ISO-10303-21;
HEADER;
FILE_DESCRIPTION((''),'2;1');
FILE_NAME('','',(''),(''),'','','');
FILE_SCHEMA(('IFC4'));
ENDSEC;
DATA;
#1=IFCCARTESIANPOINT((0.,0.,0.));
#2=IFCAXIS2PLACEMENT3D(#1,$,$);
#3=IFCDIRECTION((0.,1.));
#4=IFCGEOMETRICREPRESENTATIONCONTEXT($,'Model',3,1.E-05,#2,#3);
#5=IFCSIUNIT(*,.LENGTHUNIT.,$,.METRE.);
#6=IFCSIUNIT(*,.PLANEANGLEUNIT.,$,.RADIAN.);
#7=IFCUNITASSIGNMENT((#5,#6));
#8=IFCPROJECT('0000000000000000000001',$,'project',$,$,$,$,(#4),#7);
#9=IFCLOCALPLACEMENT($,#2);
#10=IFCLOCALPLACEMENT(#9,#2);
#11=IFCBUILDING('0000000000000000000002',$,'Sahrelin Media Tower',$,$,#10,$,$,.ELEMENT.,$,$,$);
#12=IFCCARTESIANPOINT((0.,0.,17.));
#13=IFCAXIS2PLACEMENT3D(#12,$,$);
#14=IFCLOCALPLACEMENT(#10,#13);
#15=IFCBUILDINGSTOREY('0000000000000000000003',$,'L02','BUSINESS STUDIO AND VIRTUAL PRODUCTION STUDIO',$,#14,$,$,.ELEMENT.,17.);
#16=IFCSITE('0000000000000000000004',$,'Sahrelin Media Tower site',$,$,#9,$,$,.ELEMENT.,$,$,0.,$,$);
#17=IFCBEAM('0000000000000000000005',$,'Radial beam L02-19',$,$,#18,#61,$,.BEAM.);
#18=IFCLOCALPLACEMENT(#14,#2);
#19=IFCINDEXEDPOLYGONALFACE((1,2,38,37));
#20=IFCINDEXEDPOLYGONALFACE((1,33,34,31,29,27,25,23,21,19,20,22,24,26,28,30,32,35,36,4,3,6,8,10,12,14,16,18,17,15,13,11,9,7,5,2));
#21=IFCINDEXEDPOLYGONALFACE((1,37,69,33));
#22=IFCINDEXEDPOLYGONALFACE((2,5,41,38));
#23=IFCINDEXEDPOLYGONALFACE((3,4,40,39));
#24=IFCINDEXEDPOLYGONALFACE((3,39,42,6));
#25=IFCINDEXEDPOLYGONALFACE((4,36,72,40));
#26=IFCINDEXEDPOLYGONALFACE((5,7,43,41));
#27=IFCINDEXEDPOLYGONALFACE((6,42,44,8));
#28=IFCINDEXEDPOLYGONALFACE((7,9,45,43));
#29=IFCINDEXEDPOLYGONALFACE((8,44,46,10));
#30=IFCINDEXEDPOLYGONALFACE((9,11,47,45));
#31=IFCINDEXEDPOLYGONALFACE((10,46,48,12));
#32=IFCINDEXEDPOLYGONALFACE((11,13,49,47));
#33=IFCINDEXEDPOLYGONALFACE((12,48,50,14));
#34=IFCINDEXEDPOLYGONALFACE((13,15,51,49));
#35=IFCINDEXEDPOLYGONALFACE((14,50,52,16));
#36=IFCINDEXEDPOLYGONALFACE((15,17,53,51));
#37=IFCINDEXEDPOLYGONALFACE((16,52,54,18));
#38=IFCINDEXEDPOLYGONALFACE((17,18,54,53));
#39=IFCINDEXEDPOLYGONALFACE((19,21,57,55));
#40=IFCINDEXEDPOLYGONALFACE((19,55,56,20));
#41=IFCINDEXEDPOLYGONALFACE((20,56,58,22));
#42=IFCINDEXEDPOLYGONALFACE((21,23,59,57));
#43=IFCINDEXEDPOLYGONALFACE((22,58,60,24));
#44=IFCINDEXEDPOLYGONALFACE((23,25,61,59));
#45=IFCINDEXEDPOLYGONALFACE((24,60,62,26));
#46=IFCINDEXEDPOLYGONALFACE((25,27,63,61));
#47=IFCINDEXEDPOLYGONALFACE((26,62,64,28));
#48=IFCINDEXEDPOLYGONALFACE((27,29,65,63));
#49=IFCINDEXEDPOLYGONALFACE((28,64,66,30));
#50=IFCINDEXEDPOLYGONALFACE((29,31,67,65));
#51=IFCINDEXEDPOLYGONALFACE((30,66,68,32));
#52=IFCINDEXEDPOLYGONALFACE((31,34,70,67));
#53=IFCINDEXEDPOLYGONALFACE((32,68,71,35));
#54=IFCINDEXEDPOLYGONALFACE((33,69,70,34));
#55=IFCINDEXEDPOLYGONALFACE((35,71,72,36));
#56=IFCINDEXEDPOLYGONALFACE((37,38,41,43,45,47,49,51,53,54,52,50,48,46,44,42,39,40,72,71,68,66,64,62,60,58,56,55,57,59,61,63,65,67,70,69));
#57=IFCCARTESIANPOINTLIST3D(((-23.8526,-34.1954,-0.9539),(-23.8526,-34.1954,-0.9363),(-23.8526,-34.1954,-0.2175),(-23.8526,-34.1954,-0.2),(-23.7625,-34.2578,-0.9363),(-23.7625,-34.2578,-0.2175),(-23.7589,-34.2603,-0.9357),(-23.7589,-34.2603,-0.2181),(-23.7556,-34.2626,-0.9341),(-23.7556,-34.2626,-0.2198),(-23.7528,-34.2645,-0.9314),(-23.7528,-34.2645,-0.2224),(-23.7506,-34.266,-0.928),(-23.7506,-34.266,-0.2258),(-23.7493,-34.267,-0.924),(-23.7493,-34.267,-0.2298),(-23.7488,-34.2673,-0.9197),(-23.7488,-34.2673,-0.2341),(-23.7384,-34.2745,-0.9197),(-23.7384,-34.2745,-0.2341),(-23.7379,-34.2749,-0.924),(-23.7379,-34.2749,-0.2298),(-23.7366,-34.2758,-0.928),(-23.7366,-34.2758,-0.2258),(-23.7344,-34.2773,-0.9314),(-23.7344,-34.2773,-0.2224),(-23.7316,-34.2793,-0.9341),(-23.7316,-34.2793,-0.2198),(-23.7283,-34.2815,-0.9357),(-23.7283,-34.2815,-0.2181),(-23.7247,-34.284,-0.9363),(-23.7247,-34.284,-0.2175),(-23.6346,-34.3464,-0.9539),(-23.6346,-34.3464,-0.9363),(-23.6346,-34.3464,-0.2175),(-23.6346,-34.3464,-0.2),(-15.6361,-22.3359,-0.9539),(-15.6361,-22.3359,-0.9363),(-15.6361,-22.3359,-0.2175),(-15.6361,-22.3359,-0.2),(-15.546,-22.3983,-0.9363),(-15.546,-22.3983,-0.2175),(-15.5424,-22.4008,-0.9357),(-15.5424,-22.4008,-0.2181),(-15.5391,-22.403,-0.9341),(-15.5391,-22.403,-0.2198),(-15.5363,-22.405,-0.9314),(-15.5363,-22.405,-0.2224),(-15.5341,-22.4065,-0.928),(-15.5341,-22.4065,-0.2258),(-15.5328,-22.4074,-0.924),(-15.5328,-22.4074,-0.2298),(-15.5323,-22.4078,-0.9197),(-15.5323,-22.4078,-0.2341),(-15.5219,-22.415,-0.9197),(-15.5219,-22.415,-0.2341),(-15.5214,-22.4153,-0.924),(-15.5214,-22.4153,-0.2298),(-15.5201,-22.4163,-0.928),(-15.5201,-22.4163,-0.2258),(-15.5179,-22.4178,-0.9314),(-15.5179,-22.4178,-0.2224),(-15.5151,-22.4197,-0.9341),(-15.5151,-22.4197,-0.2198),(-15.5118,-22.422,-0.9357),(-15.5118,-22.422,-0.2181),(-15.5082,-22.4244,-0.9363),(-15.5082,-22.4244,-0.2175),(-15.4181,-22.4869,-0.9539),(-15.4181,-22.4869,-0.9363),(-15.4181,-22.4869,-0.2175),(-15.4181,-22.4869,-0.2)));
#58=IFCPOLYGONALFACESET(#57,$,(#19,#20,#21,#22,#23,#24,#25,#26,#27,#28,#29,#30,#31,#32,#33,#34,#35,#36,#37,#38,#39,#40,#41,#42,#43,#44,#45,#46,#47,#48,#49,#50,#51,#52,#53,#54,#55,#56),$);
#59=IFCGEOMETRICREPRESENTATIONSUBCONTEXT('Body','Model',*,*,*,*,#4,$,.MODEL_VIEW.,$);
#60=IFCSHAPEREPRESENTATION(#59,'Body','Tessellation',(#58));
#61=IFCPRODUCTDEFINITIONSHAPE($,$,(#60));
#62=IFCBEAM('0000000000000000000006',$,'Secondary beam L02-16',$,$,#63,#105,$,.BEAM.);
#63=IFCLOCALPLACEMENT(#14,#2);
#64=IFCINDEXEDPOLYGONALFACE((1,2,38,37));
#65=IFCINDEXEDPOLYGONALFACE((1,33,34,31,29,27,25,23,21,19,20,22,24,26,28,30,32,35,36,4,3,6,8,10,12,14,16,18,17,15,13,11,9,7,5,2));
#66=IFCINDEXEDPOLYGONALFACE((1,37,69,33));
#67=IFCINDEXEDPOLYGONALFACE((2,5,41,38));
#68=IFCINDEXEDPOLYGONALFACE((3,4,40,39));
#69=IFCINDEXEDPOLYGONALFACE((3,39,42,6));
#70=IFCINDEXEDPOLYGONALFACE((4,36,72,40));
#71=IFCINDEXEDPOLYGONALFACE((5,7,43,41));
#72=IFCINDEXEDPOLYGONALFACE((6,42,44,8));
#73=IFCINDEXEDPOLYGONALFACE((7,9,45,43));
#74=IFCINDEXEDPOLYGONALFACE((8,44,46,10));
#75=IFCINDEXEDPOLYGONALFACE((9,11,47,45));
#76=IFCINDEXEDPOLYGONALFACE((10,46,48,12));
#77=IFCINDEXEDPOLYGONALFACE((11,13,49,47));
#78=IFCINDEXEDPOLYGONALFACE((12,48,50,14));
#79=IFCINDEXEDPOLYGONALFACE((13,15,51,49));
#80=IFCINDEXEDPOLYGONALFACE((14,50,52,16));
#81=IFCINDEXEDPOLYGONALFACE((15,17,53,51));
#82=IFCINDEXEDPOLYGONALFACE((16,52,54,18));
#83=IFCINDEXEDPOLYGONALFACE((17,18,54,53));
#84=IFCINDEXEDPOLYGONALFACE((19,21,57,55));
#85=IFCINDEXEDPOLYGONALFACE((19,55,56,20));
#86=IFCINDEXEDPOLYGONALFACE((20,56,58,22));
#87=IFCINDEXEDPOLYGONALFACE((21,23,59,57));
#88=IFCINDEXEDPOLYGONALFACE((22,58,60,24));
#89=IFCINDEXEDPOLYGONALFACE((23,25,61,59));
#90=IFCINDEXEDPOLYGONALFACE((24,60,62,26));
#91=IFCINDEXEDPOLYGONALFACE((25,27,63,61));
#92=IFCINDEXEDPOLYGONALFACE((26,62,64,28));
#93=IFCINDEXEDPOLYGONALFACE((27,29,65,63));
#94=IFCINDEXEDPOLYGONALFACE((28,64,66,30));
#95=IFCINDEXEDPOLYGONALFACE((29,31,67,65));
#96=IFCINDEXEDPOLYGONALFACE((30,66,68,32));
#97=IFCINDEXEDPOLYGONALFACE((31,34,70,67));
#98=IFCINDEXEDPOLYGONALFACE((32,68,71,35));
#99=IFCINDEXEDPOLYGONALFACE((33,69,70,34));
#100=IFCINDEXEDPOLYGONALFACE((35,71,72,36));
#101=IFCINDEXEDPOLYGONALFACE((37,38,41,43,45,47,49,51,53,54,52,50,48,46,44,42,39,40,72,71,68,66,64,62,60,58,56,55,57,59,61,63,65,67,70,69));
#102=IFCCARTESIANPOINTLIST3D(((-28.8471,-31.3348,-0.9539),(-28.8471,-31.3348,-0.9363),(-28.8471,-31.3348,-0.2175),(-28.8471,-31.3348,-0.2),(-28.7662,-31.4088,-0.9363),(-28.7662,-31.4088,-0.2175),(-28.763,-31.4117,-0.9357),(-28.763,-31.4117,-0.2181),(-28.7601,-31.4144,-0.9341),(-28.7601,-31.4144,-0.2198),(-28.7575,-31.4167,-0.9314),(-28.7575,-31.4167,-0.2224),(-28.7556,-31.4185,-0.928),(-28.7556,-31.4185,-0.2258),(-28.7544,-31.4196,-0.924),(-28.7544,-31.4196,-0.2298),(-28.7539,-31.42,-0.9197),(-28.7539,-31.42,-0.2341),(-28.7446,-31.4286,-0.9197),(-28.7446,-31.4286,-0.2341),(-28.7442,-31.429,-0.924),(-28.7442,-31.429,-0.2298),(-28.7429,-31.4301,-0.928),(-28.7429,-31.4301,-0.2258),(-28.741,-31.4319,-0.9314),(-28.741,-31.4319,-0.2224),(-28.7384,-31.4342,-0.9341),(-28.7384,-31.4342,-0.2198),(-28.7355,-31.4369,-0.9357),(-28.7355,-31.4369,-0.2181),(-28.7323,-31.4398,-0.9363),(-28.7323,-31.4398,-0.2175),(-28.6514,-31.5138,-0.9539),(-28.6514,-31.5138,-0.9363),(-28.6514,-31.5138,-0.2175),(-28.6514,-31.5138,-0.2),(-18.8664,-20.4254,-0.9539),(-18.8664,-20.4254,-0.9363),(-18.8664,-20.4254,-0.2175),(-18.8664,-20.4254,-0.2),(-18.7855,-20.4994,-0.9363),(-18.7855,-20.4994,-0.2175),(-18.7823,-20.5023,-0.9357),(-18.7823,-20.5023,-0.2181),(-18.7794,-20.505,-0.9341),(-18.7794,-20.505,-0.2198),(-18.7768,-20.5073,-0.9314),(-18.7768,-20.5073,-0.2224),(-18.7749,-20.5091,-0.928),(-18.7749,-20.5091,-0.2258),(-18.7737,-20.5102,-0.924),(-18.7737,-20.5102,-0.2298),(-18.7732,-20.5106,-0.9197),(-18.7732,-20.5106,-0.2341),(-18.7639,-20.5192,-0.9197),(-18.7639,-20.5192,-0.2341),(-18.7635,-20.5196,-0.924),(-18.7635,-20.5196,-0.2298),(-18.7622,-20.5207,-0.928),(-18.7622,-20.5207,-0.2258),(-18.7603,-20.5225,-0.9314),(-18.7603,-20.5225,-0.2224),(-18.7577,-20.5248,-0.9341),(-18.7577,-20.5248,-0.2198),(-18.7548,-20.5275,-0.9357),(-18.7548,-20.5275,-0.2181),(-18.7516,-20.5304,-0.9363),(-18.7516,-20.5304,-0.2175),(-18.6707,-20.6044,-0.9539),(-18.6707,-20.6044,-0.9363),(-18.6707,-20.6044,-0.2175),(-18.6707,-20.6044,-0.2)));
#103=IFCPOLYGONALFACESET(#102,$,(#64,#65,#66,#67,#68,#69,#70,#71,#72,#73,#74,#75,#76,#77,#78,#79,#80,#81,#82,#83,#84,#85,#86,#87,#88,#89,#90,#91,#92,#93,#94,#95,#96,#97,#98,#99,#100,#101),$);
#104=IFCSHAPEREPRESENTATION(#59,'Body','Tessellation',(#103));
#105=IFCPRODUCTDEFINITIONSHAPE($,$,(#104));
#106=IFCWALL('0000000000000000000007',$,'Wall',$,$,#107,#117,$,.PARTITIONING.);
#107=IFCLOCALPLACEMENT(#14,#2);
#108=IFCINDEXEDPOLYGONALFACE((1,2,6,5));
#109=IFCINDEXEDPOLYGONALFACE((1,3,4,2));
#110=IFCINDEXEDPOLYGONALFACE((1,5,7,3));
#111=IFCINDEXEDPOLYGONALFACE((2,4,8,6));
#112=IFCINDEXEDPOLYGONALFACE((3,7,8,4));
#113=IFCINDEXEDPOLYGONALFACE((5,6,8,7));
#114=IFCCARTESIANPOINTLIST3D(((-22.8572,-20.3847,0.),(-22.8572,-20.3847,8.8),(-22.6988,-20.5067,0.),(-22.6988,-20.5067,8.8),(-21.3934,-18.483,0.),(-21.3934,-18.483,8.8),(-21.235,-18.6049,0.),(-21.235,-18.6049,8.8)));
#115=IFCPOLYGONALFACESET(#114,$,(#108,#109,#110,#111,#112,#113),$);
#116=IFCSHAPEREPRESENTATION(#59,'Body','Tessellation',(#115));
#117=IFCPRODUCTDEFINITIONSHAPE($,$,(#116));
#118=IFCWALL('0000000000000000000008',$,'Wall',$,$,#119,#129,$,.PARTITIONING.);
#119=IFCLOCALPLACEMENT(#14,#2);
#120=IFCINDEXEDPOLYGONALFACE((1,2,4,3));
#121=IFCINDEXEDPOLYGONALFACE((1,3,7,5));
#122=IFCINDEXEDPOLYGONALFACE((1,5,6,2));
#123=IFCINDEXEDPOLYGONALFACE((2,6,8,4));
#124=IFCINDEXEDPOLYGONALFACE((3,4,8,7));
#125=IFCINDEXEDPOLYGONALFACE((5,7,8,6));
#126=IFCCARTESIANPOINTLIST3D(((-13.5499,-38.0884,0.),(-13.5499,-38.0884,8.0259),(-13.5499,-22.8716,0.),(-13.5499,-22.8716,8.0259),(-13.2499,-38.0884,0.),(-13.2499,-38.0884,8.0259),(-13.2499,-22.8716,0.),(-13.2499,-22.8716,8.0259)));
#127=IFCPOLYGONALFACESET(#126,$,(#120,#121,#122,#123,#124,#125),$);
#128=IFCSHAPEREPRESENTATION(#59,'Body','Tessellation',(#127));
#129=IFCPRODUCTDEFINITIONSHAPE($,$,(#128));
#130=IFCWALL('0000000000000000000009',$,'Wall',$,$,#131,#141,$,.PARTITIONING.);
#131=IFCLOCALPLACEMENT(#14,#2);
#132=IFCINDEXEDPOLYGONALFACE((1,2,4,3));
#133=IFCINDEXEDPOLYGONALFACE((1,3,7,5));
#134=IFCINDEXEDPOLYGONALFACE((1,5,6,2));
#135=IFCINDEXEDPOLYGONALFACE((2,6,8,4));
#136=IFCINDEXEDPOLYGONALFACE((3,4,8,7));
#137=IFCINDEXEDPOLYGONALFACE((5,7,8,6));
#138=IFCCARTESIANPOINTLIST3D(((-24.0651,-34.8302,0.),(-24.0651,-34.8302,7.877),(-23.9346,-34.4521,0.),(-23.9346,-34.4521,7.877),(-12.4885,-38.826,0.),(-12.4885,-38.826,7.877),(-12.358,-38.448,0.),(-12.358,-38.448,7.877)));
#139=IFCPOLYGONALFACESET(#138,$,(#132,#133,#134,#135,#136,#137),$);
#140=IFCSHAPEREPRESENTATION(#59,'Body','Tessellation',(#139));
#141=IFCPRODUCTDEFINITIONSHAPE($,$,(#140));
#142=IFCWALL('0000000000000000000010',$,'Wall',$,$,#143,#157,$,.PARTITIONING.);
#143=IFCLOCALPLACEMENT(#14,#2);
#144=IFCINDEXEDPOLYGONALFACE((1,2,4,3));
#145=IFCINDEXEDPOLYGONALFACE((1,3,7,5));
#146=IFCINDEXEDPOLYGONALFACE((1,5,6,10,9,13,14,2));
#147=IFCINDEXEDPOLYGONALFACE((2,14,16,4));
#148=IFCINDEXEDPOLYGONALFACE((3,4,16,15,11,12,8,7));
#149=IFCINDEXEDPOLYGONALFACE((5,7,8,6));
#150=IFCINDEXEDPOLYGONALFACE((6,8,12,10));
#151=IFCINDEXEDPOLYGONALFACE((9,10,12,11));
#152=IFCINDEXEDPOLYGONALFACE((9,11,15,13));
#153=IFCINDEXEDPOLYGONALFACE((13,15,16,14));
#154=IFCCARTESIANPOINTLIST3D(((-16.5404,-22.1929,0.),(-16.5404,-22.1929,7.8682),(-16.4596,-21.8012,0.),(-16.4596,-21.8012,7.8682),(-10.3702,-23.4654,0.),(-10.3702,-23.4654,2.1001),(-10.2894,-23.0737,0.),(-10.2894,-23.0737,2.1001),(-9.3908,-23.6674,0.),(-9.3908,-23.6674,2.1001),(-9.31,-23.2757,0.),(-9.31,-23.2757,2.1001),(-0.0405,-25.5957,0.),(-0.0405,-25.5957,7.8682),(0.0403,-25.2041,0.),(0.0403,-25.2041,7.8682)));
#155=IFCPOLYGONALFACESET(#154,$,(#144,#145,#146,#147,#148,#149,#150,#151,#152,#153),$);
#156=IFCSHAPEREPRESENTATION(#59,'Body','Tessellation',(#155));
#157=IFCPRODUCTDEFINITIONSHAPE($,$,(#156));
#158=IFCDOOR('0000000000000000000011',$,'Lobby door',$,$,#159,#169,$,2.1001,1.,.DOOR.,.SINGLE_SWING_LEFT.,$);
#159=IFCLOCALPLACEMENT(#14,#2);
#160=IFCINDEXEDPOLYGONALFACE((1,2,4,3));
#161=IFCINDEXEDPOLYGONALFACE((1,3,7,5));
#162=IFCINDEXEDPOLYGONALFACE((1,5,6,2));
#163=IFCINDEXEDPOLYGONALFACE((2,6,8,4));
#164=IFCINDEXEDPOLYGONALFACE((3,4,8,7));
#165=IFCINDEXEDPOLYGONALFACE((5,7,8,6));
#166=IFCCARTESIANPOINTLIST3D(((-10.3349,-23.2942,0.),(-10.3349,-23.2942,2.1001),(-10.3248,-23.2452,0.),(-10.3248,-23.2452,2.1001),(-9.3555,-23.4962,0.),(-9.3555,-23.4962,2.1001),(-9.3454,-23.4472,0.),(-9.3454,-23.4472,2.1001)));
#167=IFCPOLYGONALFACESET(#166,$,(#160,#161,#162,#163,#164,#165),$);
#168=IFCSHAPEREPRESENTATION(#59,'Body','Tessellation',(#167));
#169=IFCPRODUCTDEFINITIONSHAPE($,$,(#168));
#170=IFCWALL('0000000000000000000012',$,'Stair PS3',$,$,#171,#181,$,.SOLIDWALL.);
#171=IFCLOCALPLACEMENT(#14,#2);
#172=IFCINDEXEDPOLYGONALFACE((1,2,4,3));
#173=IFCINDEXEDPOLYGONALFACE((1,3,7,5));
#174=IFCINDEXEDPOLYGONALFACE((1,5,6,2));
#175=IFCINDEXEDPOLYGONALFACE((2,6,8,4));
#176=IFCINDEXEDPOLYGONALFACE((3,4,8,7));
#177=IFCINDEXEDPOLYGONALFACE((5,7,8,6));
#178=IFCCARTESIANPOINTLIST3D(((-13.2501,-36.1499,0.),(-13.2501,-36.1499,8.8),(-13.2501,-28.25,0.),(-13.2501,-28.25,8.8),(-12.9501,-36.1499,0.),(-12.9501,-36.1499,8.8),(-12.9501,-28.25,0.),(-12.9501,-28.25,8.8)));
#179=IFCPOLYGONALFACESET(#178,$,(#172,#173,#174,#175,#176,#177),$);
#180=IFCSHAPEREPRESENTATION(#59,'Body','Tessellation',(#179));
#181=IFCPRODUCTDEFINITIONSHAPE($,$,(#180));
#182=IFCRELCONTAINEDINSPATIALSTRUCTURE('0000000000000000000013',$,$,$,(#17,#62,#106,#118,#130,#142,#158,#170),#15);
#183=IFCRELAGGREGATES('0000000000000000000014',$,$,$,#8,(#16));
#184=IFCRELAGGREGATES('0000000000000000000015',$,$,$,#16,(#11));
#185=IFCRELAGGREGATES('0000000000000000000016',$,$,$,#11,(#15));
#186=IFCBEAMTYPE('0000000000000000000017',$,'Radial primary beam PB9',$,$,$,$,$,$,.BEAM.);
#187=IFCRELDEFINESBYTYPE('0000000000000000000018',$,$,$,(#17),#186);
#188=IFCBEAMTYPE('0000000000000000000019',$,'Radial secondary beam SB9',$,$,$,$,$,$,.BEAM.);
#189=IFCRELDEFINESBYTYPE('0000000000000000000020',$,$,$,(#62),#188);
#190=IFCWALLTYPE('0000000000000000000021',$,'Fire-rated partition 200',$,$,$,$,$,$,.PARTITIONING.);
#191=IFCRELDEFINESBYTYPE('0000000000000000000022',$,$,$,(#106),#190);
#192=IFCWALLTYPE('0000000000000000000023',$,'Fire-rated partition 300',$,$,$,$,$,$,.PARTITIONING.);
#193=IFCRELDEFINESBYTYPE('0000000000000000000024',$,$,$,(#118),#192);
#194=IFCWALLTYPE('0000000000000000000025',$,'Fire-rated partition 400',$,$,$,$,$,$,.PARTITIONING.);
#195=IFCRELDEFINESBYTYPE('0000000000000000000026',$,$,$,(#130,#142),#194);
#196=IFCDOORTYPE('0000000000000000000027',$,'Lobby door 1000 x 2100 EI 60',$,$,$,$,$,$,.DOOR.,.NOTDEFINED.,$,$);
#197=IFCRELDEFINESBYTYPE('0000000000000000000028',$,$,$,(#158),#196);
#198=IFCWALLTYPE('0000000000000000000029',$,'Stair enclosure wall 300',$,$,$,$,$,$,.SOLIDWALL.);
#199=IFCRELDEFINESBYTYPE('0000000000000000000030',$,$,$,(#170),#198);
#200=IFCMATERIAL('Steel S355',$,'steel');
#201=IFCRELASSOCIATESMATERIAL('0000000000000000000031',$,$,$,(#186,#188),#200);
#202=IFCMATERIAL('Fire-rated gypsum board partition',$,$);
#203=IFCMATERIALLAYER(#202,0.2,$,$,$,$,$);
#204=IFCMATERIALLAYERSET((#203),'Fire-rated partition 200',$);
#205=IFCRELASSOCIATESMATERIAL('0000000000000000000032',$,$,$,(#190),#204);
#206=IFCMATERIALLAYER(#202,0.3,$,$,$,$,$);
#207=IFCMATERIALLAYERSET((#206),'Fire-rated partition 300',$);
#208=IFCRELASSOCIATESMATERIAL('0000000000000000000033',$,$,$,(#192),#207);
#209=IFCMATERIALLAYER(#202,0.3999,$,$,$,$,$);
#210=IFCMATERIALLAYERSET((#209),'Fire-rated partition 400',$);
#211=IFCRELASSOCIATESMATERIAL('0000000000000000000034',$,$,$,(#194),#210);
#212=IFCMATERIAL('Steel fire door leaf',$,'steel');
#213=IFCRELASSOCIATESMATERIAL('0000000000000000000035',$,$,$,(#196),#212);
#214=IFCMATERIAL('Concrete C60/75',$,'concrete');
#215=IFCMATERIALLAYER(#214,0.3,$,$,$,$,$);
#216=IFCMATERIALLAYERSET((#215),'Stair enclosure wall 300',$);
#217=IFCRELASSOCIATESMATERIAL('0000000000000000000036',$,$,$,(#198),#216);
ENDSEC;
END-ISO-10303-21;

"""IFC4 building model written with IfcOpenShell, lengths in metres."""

from ifc_helpers import new_model, si_unit, direction, frame, frame_2d, origin, origin_2d, place, context, subcontext, project, spatial, rectangle, i_section, extrude, material, layer, layer_set, material_profile, profile_set, type_object, element, fill, save


model = new_model("IFC4")

# Units and contexts
model_context = context("Model", 3, precision=1e-05, world=origin(), true_north=direction((0.0, 1.0)))
body_context = subcontext(model_context, "Body", "Model", "MODEL_VIEW")
ifc_project = project(units=[si_unit("LENGTHUNIT", "METRE"), si_unit("PLANEANGLEUNIT", "RADIAN")], contexts=[model_context])

# Site, building, storey
site_placement = place(None, origin())
site = spatial("IfcSite", under=ifc_project, at=site_placement, Name="Sahrelin Media Tower site", CompositionType="ELEMENT", RefElevation=0.0)
building_placement = place(site_placement, origin())
building = spatial("IfcBuilding", under=site, at=building_placement, Name="Sahrelin Media Tower", CompositionType="ELEMENT")
storey_placement = place(building_placement, frame((0.0, 0.0, 17.0)))
storey = spatial("IfcBuildingStorey", under=building, at=storey_placement, Name="L02", Description="BUSINESS STUDIO AND VIRTUAL PRODUCTION STUDIO", CompositionType="ELEMENT", Elevation=17.0)

# Beams
ifc_material_1 = material(Name="Steel S355", Category="steel")
ifc_material_profile_1 = material_profile(ifc_material_1, i_section(OverallWidth=0.2651, OverallDepth=0.7539, WebThickness=0.0127, FlangeThickness=0.0176, FilletRadius=0.0166, at=origin_2d()), Name="UB 762x267x147")
ifc_profile_set_1 = profile_set([ifc_material_profile_1], Name="Steel S355")
beam_type_1 = type_object("IfcBeamType", Name="Radial primary beam PB9", PredefinedType="BEAM", material=ifc_profile_set_1)
beam_1_placement = place(storey_placement, frame((-15.5271, -22.4114, -0.5769), z_axis=(-0.569493, -0.821996, 0.0), x_axis=(0.821996, -0.569493, 0.0)))
element("IfcBeam", 1, at=beam_1_placement, inside=storey, type_object=beam_type_1, Name="Radial beam L02-19", PredefinedType="BEAM", context=body_context, shape_type="SweptSolid", body=[
    extrude(i_section(OverallWidth=0.2651, OverallDepth=0.7539, WebThickness=0.0127, FlangeThickness=0.0176, FilletRadius=0.0166, at=origin_2d()), origin(), (0.0, 0.0, 1.0), 14.4277),
])
ifc_material_profile_2 = material_profile(ifc_material_1, i_section(OverallWidth=0.2651, OverallDepth=0.7539, WebThickness=0.0127, FlangeThickness=0.0176, FilletRadius=0.0166, at=origin_2d()), Name="UB 762x267x147")
ifc_profile_set_2 = profile_set([ifc_material_profile_2], Name="Steel S355")
beam_type_2 = type_object("IfcBeamType", Name="Radial secondary beam SB9", PredefinedType="BEAM", material=ifc_profile_set_2)
beam_2_placement = place(storey_placement, frame((-18.7686, -20.5149, -0.5769), z_axis=(-0.675004, -0.737814, 0.0), x_axis=(0.737814, -0.675004, 0.0)))
element("IfcBeam", 2, at=beam_2_placement, inside=storey, type_object=beam_type_2, Name="Secondary beam L02-16", PredefinedType="BEAM", context=body_context, shape_type="SweptSolid", body=[
    extrude(i_section(OverallWidth=0.2651, OverallDepth=0.7539, WebThickness=0.0127, FlangeThickness=0.0176, FilletRadius=0.0166, at=origin_2d()), origin(), (0.0, 0.0, 1.0), 14.7861),
])

# Wall
ifc_material_2 = material(Name="Fire-rated gypsum board partition")
ifc_layer_1 = layer(ifc_material_2, 0.2)
ifc_layer_set_1 = layer_set([ifc_layer_1], Name="Fire-rated partition 200")
wall_type_1 = type_object("IfcWallType", Name="Fire-rated partition 200", PredefinedType="PARTITIONING", material=ifc_layer_set_1)
wall_1_placement = place(storey_placement, frame((-21.3142, -18.5439, 0.0), z_axis=(0.0, 0.0, 1.0), x_axis=(-0.609947, -0.792442, 0.0)))
element("IfcWall", 3, at=wall_1_placement, inside=storey, type_object=wall_type_1, Name="Wall", PredefinedType="PARTITIONING", context=body_context, shape_type="SweptSolid", body=[
    extrude(rectangle(XDim=2.3999, YDim=0.2, at=frame_2d((1.2, 0.0))), origin(), (0.0, 0.0, 1.0), 8.8),
])

# Shared definitions
ifc_material_3 = material(Name="Steel fire door leaf", Category="steel")

# Walls
ifc_layer_2 = layer(ifc_material_2, 0.3)
ifc_layer_set_2 = layer_set([ifc_layer_2], Name="Fire-rated partition 300")
wall_type_2 = type_object("IfcWallType", Name="Fire-rated partition 300", PredefinedType="PARTITIONING", material=ifc_layer_set_2)
wall_2_placement = place(storey_placement, frame((-13.3999, -22.8716, 0.0), z_axis=(0.0, 0.0, 1.0), x_axis=(0.0, -1.0, 0.0)))
element("IfcWall", 4, at=wall_2_placement, inside=storey, type_object=wall_type_2, Name="Wall", PredefinedType="PARTITIONING", context=body_context, shape_type="SweptSolid", body=[
    extrude(rectangle(XDim=15.2168, YDim=0.3, at=frame_2d((7.6084, 0.0))), origin(), (0.0, 0.0, 1.0), 8.0259),
])
ifc_layer_3 = layer(ifc_material_2, 0.3999)
ifc_layer_set_3 = layer_set([ifc_layer_3], Name="Fire-rated partition 400")
wall_type_3 = type_object("IfcWallType", Name="Fire-rated partition 400", PredefinedType="PARTITIONING", material=ifc_layer_set_3)
wall_3_placement = place(storey_placement, frame((-24.0, -34.6411, 0.0), z_axis=(0.0, 0.0, 1.0), x_axis=(0.945275, -0.326275, 0.0)))
element("IfcWall", 5, at=wall_3_placement, inside=storey, type_object=wall_type_3, Name="Wall", PredefinedType="PARTITIONING", context=body_context, shape_type="SweptSolid", body=[
    extrude(rectangle(XDim=12.2468, YDim=0.3999, at=frame_2d((6.1235, 0.0))), origin(), (0.0, 0.0, 1.0), 7.877),
])

# Wall, opening, door
wall_4_placement = place(storey_placement, frame((-16.5, -21.9971, 0.0), z_axis=(0.0, 0.0, 1.0), x_axis=(0.979389, -0.201982, 0.0)))
wall_4 = element("IfcWall", 6, at=wall_4_placement, inside=storey, type_object=wall_type_3, Name="Wall", PredefinedType="PARTITIONING", context=body_context, shape_type="SweptSolid", body=[
    extrude(rectangle(XDim=16.8472, YDim=0.3999, at=frame_2d((8.4236, 0.0))), origin(), (0.0, 0.0, 1.0), 7.8682),
])
opening_1_placement = place(wall_4_placement, frame((6.3, 0.0, 0.0)))
opening_1 = element("IfcOpeningElement", 7, at=opening_1_placement, cuts=wall_4, PredefinedType="OPENING", context=body_context, shape_type="SweptSolid", body=[
    extrude(rectangle(XDim=1.0, YDim=2.1001, at=frame_2d((0.5, 1.05))), frame((0.0, 0.2, 0.0), z_axis=(0.0, -1.0, 0.0), x_axis=(1.0, 0.0, 0.0)), (0.0, 0.0, 1.0), 0.3999),
])
door_type_1 = type_object("IfcDoorType", Name="Lobby door 1000 x 2100 EI 60", OperationType="NOTDEFINED", PredefinedType="DOOR", material=ifc_material_3)
door_1_placement = place(opening_1_placement, origin())
door_1 = element("IfcDoor", 8, at=door_1_placement, inside=storey, type_object=door_type_1, Name="Lobby door", OperationType="SINGLE_SWING_LEFT", OverallHeight=2.1001, OverallWidth=1.0, PredefinedType="DOOR", context=body_context, shape_type="SweptSolid", body=[
    extrude(rectangle(XDim=1.0, YDim=2.1001, at=frame_2d((0.5, 1.05))), frame((0.0, 0.0249, 0.0), z_axis=(0.0, -1.0, 0.0), x_axis=(1.0, 0.0, 0.0)), (0.0, 0.0, 1.0), 0.05),
])
fill(opening_1, door_1)

# Wall
ifc_material_4 = material(Name="Concrete C60/75", Category="concrete")
ifc_layer_4 = layer(ifc_material_4, 0.3)
ifc_layer_set_4 = layer_set([ifc_layer_4], Name="Stair enclosure wall 300")
wall_type_4 = type_object("IfcWallType", Name="Stair enclosure wall 300", PredefinedType="SOLIDWALL", material=ifc_layer_set_4)
wall_5_placement = place(storey_placement, frame((-13.1001, -36.1499, 0.0), z_axis=(0.0, 0.0, 1.0), x_axis=(0.0, 1.0, 0.0)))
element("IfcWall", 9, at=wall_5_placement, inside=storey, type_object=wall_type_4, Name="Stair PS3", PredefinedType="SOLIDWALL", context=body_context, shape_type="SweptSolid", body=[
    extrude(rectangle(XDim=7.8999, YDim=0.3, at=frame_2d((3.95, 0.0))), origin(), (0.0, 0.0, 1.0), 8.8),
])

save(model, "model.ifc")
